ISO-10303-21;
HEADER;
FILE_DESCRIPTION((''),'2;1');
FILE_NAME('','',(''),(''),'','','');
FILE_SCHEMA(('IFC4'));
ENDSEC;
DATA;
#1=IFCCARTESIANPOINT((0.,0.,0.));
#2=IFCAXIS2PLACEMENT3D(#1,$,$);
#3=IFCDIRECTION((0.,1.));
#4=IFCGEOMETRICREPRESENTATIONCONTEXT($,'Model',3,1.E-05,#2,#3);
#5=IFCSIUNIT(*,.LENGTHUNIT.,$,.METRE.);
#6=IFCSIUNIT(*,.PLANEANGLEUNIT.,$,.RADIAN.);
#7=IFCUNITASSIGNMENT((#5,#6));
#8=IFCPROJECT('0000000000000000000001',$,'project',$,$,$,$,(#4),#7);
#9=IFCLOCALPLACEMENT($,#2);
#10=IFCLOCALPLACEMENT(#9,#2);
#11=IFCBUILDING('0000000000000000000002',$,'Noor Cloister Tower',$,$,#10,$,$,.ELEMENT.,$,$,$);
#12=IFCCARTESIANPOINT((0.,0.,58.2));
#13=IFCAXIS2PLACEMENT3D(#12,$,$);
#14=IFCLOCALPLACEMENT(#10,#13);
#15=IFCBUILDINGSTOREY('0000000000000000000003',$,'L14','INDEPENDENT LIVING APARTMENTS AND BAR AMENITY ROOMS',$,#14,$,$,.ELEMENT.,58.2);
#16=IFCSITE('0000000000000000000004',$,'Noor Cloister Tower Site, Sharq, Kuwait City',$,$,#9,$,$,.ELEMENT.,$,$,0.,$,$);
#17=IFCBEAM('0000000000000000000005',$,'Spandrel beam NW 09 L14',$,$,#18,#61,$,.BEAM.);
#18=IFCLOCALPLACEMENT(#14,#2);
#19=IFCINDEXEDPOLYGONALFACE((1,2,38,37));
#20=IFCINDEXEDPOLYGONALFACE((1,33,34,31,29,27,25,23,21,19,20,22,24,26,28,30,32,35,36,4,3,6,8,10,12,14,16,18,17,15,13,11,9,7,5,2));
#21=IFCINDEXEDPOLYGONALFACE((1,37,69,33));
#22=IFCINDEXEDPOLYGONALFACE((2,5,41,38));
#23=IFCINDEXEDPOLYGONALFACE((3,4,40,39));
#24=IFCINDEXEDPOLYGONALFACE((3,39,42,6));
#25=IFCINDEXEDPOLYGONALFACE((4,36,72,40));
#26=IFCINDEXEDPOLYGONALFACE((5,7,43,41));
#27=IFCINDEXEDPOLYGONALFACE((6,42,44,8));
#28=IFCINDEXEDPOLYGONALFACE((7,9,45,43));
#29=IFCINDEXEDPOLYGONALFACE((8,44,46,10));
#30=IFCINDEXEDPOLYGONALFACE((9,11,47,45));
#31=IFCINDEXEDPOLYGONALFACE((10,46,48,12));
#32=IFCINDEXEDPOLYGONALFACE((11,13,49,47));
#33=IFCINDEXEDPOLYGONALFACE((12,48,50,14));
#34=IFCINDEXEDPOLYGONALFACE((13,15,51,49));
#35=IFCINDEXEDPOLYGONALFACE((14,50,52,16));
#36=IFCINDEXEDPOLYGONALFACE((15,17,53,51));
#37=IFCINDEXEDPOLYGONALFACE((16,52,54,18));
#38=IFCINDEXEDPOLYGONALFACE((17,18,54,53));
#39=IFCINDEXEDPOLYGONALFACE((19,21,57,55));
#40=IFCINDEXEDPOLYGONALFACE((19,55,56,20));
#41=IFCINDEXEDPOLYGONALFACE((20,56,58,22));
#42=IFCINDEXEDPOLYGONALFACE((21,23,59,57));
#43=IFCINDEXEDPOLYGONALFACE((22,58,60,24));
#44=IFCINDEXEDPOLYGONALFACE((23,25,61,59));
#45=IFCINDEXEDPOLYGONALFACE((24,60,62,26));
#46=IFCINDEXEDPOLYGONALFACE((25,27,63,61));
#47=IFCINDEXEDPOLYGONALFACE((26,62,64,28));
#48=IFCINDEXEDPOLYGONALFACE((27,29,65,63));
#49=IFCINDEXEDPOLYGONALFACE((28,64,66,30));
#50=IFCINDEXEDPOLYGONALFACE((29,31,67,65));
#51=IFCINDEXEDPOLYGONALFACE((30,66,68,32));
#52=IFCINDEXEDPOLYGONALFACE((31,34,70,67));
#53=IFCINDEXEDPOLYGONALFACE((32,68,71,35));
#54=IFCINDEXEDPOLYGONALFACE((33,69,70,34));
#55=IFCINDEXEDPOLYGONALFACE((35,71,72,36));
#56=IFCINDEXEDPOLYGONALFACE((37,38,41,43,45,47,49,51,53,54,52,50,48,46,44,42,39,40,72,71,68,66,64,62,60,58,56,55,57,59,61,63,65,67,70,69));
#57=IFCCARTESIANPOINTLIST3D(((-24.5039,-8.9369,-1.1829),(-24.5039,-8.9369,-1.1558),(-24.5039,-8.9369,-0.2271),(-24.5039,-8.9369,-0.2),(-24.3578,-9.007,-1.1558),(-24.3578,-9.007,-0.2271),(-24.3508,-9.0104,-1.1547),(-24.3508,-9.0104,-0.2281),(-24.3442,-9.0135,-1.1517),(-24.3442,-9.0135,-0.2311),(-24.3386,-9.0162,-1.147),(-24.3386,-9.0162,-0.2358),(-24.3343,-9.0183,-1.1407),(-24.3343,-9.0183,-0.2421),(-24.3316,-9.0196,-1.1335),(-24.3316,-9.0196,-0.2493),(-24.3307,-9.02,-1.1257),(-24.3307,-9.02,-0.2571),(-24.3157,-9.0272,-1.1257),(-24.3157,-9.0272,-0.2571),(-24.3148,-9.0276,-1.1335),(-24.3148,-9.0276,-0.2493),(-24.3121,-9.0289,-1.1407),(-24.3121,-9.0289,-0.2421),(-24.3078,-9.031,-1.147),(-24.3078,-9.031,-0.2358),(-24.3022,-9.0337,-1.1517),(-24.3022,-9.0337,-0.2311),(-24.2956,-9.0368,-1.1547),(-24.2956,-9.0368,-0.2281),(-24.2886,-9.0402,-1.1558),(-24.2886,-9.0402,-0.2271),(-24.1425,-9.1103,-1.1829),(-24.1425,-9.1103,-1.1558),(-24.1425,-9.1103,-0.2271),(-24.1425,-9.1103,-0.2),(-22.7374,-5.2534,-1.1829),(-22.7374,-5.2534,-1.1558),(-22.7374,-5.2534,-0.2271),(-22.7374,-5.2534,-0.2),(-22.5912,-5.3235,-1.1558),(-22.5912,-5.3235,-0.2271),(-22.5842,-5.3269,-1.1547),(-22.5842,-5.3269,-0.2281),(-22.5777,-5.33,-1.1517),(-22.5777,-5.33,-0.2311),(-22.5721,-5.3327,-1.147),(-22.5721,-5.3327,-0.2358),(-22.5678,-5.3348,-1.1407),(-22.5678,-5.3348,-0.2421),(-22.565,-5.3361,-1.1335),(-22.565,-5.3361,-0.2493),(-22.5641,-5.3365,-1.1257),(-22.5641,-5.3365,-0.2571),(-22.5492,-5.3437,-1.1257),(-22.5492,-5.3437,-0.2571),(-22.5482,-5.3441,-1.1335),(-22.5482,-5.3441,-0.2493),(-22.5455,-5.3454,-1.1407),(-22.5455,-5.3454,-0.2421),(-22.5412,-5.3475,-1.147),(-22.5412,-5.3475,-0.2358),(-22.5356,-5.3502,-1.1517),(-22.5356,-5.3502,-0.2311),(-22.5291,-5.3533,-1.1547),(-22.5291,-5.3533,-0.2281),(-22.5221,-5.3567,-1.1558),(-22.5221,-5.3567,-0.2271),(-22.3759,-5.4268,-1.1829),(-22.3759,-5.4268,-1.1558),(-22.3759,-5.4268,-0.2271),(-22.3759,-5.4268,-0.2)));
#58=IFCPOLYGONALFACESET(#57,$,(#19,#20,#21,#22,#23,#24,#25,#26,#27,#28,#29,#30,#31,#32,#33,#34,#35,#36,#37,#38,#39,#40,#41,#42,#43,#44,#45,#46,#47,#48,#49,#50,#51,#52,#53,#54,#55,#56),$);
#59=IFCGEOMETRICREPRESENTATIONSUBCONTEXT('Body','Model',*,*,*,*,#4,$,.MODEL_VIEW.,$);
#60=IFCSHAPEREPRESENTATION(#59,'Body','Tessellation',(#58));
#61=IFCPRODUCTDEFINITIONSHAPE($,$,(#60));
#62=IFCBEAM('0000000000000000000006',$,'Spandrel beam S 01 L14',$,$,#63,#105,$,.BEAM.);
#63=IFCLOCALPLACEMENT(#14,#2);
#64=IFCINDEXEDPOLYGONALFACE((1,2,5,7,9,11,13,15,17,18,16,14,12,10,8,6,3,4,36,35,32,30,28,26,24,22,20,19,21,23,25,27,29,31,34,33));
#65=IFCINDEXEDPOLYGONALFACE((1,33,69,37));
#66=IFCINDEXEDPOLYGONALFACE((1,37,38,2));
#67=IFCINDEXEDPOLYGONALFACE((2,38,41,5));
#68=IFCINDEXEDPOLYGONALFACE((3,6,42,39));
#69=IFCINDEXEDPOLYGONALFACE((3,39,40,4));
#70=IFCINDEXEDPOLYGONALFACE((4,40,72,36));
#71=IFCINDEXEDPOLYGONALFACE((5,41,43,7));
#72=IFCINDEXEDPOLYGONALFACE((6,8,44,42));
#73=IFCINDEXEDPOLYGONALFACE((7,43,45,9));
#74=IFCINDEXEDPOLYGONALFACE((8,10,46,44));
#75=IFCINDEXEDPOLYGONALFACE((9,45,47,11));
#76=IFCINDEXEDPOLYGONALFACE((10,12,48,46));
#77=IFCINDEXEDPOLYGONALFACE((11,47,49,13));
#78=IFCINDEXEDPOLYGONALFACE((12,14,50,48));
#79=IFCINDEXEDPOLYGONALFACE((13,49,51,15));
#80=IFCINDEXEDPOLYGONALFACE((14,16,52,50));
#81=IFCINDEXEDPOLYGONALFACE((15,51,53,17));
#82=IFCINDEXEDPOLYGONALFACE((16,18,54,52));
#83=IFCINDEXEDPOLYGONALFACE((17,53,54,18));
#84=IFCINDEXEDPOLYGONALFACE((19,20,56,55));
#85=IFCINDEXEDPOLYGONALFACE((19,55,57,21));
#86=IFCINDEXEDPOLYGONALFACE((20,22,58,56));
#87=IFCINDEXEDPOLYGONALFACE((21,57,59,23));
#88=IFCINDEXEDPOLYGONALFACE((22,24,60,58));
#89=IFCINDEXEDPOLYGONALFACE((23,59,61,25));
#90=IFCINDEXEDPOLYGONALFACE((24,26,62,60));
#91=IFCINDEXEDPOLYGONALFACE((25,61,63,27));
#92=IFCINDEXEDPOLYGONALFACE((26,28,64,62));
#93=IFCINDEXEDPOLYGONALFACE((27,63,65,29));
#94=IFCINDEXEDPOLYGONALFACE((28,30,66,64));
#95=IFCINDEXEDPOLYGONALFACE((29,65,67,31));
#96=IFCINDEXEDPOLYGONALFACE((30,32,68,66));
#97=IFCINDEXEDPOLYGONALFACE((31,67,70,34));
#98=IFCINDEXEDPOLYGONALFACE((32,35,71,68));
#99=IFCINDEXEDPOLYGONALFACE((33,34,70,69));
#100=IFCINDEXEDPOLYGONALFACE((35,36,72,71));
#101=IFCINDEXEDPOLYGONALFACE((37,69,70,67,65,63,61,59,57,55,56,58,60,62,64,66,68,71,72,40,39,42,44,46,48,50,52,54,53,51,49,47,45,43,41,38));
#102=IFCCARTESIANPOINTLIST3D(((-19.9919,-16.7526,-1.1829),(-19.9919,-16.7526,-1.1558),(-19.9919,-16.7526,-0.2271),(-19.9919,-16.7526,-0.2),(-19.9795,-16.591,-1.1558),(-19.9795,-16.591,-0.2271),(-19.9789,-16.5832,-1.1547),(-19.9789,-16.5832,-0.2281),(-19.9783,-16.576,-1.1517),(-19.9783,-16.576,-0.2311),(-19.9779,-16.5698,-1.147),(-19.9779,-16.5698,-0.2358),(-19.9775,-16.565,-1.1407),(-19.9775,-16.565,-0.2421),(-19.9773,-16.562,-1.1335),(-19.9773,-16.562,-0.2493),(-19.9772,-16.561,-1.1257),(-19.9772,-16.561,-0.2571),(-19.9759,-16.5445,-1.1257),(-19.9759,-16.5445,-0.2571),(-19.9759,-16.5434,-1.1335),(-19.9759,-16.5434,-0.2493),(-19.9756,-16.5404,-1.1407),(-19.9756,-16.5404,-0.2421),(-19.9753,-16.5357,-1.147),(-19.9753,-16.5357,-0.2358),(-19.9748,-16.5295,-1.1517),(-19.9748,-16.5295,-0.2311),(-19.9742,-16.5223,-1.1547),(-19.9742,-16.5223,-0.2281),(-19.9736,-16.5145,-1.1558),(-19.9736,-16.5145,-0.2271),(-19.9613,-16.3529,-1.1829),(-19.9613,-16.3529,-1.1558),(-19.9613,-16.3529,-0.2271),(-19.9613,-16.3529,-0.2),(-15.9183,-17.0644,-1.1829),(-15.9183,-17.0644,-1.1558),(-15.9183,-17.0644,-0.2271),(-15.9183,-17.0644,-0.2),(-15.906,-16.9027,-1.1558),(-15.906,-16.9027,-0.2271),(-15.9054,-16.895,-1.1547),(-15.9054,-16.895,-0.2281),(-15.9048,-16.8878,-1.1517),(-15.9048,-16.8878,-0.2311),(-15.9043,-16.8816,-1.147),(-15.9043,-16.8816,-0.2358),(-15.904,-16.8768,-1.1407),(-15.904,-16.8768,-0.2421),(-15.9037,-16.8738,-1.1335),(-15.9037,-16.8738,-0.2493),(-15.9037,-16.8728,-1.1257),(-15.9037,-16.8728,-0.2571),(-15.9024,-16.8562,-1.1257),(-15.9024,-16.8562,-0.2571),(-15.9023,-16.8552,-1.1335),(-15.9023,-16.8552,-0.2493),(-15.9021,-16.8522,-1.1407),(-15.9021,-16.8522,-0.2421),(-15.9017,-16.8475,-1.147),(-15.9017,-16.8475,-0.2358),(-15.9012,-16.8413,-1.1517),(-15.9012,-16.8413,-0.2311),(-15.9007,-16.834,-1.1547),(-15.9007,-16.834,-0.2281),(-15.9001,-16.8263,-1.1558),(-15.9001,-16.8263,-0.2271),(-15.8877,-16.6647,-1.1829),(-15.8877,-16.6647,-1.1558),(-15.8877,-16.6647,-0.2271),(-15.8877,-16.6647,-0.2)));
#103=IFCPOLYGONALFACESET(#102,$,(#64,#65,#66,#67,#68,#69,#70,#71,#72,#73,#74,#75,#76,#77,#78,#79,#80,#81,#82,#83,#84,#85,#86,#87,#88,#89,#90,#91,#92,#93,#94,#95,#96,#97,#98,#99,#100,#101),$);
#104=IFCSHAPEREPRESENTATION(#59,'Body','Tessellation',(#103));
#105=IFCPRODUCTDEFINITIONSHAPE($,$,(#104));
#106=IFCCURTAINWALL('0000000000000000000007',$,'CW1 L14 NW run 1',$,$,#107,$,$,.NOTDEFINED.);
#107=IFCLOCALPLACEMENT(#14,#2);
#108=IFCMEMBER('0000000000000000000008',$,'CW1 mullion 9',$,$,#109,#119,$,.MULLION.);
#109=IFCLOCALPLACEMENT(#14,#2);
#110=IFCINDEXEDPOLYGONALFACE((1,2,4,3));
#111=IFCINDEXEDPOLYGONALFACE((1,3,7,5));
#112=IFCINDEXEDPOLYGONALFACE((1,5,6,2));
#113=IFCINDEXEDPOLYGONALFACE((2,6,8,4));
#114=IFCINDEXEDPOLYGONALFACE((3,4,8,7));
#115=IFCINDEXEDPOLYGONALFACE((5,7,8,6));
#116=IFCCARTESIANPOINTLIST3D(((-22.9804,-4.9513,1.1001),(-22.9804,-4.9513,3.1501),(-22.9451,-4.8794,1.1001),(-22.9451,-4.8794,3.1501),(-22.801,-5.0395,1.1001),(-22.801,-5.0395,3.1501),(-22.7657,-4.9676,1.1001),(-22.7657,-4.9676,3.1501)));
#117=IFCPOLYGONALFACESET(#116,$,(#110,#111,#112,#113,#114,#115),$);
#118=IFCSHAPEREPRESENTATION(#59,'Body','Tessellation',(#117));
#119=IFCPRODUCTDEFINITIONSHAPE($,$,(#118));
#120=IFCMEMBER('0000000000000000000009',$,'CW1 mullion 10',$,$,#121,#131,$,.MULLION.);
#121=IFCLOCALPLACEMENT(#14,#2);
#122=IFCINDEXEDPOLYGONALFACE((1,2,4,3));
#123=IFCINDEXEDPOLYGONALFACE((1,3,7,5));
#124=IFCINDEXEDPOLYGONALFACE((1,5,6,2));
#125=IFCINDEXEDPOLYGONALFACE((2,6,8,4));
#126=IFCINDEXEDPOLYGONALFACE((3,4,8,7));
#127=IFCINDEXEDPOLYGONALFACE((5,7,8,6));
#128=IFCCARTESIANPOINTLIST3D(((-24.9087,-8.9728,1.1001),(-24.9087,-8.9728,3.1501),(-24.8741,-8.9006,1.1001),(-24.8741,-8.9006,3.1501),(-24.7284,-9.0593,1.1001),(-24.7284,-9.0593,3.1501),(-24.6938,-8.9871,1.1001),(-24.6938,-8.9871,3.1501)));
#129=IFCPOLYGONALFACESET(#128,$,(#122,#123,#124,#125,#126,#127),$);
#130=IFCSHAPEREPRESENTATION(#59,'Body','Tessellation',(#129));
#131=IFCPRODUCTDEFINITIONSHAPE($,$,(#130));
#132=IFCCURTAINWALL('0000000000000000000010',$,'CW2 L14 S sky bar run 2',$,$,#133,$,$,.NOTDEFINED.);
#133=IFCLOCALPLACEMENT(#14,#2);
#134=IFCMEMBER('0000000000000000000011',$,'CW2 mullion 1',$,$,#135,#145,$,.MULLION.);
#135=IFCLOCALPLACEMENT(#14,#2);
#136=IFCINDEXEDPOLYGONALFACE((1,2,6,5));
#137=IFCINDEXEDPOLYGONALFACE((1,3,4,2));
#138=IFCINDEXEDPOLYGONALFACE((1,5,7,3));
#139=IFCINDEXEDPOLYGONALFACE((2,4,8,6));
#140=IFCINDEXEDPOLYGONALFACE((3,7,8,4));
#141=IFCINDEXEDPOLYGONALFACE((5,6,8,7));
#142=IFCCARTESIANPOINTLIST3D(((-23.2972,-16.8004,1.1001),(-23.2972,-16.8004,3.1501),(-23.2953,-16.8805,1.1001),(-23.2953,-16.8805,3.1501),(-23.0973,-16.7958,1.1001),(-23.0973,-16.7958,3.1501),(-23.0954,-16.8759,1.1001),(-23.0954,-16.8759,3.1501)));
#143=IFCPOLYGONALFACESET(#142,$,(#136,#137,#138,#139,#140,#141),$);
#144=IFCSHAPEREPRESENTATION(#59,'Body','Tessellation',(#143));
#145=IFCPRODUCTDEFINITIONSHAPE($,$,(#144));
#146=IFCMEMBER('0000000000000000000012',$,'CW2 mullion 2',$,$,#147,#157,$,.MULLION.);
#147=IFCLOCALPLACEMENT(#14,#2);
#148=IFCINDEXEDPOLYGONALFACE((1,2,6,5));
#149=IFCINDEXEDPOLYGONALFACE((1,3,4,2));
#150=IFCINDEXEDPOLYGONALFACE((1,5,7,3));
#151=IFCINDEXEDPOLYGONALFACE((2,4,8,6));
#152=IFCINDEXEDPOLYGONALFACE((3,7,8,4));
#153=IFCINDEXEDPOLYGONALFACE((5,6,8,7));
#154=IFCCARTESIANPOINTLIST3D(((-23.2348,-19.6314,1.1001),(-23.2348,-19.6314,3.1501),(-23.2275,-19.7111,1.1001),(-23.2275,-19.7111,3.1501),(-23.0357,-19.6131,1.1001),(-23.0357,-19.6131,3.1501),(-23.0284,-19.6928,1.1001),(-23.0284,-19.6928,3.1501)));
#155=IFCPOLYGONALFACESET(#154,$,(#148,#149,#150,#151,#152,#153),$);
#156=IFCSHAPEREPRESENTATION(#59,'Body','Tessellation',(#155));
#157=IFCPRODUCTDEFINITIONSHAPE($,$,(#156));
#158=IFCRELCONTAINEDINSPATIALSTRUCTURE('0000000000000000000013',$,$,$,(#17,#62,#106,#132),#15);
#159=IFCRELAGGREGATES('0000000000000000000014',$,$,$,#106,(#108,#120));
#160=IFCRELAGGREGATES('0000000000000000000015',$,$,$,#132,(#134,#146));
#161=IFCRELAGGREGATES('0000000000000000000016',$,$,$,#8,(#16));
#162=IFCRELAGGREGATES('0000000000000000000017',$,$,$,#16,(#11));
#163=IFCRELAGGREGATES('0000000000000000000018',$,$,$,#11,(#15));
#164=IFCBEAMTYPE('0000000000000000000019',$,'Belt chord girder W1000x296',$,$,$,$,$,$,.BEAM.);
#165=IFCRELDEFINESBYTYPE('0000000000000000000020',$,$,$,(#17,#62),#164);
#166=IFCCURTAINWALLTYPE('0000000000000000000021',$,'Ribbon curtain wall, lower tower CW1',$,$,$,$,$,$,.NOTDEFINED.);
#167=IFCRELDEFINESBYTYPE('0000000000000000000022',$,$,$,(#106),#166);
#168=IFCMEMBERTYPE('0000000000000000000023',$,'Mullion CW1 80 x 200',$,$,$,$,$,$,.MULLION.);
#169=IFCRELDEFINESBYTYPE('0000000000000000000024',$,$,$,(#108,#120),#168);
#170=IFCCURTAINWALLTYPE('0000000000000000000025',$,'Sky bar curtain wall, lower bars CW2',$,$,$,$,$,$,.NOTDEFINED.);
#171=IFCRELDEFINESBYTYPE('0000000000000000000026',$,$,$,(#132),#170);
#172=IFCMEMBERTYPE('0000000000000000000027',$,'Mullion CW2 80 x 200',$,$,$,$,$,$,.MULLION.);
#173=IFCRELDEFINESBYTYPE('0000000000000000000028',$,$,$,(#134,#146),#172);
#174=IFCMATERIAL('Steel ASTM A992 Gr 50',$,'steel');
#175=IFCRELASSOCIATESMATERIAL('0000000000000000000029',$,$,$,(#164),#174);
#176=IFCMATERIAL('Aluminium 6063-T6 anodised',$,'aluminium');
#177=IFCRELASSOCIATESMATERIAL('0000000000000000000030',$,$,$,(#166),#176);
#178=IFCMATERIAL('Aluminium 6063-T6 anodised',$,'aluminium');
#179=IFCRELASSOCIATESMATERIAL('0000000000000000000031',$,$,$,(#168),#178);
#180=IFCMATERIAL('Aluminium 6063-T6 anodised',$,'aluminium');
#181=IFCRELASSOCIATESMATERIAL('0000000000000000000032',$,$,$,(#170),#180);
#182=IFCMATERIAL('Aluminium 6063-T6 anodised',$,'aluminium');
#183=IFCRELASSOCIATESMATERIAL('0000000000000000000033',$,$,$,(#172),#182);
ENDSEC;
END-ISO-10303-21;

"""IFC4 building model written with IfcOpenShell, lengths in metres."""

from ifc_helpers import new_model, si_unit, direction, frame, origin, origin_2d, place, context, subcontext, project, spatial, rectangle, i_section, extrude, material, material_profile, profile_set, type_object, element, aggregate, save


model = new_model("IFC4")

# Units and contexts
model_context = context("Model", 3, precision=1e-05, world=origin(), true_north=direction((0.0, 1.0)))
body_context = subcontext(model_context, "Body", "Model", "MODEL_VIEW")
ifc_project = project(units=[si_unit("LENGTHUNIT", "METRE"), si_unit("PLANEANGLEUNIT", "RADIAN")], contexts=[model_context])

# Site, building, storey
site_placement = place(None, origin())
site = spatial("IfcSite", under=ifc_project, at=site_placement, Name="Noor Cloister Tower Site, Sharq, Kuwait City", CompositionType="ELEMENT", RefElevation=0.0)
building_placement = place(site_placement, origin())
building = spatial("IfcBuilding", under=site, at=building_placement, Name="Noor Cloister Tower", CompositionType="ELEMENT")
storey_placement = place(building_placement, frame((0.0, 0.0, 58.2)))
storey = spatial("IfcBuildingStorey", under=building, at=storey_placement, Name="L14", Description="INDEPENDENT LIVING APARTMENTS AND BAR AMENITY ROOMS", CompositionType="ELEMENT", Elevation=58.2)

# Beams
ifc_material_1 = material(Name="Steel ASTM A992 Gr 50", Category="steel")
ifc_material_profile_1 = material_profile(ifc_material_1, i_section(OverallWidth=0.4009, OverallDepth=0.9829, WebThickness=0.0166, FlangeThickness=0.0271, FilletRadius=0.03, at=origin_2d()), Name="W1000x296")
ifc_profile_set_1 = profile_set([ifc_material_profile_1], Name="Steel ASTM A992 Gr 50")
beam_type_1 = type_object("IfcBeamType", Name="Belt chord girder W1000x296", PredefinedType="BEAM", material=ifc_profile_set_1)
beam_1_placement = place(storey_placement, frame((-22.5566, -5.3401, -0.6914), z_axis=(-0.432428, -0.901668, 0.0), x_axis=(0.901668, -0.432428, 0.0)))
element("IfcBeam", 1, at=beam_1_placement, inside=storey, type_object=beam_type_1, Name="Spandrel beam NW 09 L14", PredefinedType="BEAM", context=body_context, shape_type="SweptSolid", body=[
    extrude(i_section(OverallWidth=0.4009, OverallDepth=0.9829, WebThickness=0.0166, FlangeThickness=0.0271, FilletRadius=0.03, at=origin_2d()), origin(), (0.0, 0.0, 1.0), 4.0852),
])
beam_2_placement = place(storey_placement, frame((-19.9766, -16.5527, -0.6914), z_axis=(0.997084, -0.076313, 0.0), x_axis=(0.076313, 0.997084, 0.0)))
element("IfcBeam", 2, at=beam_2_placement, inside=storey, type_object=beam_type_1, Name="Spandrel beam S 01 L14", PredefinedType="BEAM", context=body_context, shape_type="SweptSolid", body=[
    extrude(i_section(OverallWidth=0.4009, OverallDepth=0.9829, WebThickness=0.0166, FlangeThickness=0.0271, FilletRadius=0.03, at=origin_2d()), origin(), (0.0, 0.0, 1.0), 4.0854),
])

# Curtain walls, members
ifc_material_2 = material(Name="Aluminium 6063-T6 anodised", Category="aluminium")
curtain_wall_type_1 = type_object("IfcCurtainWallType", Name="Ribbon curtain wall, lower tower CW1", PredefinedType="NOTDEFINED", material=ifc_material_2)
curtain_wall_1_placement = place(storey_placement, origin())
curtain_wall_1 = element("IfcCurtainWall", 3, at=curtain_wall_1_placement, inside=storey, type_object=curtain_wall_type_1, Name="CW1 L14 NW run 1", PredefinedType="NOTDEFINED")
ifc_material_3 = material(Name="Aluminium 6063-T6 anodised", Category="aluminium")
ifc_material_profile_2 = material_profile(ifc_material_3, rectangle(XDim=0.2, YDim=0.0801, at=origin_2d()), Name="200 x 80 mullion")
ifc_profile_set_2 = profile_set([ifc_material_profile_2], Name="Aluminium 6063-T6 anodised")
member_type_1 = type_object("IfcMemberType", Name="Mullion CW1 80 x 200", PredefinedType="MULLION", material=ifc_profile_set_2)
member_1_placement = place(storey_placement, frame((-22.873, -4.9595, 1.1001), z_axis=(0.0, 0.0, 1.0), x_axis=(0.897485, -0.441044, 0.0)))
member_1 = element("IfcMember", 4, at=member_1_placement, type_object=member_type_1, Name="CW1 mullion 9", PredefinedType="MULLION", context=body_context, shape_type="SweptSolid", body=[
    extrude(rectangle(XDim=0.2, YDim=0.0801, at=origin_2d()), origin(), (0.0, 0.0, 1.0), 2.05),
])
member_2_placement = place(storey_placement, frame((-24.8013, -8.98, 1.1001), z_axis=(0.0, 0.0, 1.0), x_axis=(0.901656, -0.432455, 0.0)))
member_2 = element("IfcMember", 5, at=member_2_placement, type_object=member_type_1, Name="CW1 mullion 10", PredefinedType="MULLION", context=body_context, shape_type="SweptSolid", body=[
    extrude(rectangle(XDim=0.2, YDim=0.0801, at=origin_2d()), origin(), (0.0, 0.0, 1.0), 2.05),
])
ifc_material_4 = material(Name="Aluminium 6063-T6 anodised", Category="aluminium")
curtain_wall_type_2 = type_object("IfcCurtainWallType", Name="Sky bar curtain wall, lower bars CW2", PredefinedType="NOTDEFINED", material=ifc_material_4)
curtain_wall_2_placement = place(storey_placement, origin())
curtain_wall_2 = element("IfcCurtainWall", 6, at=curtain_wall_2_placement, inside=storey, type_object=curtain_wall_type_2, Name="CW2 L14 S sky bar run 2", PredefinedType="NOTDEFINED")
ifc_material_5 = material(Name="Aluminium 6063-T6 anodised", Category="aluminium")
ifc_material_profile_3 = material_profile(ifc_material_5, rectangle(XDim=0.2, YDim=0.0801, at=origin_2d()), Name="200 x 80 mullion")
ifc_profile_set_3 = profile_set([ifc_material_profile_3], Name="Aluminium 6063-T6 anodised")
member_type_2 = type_object("IfcMemberType", Name="Mullion CW2 80 x 200", PredefinedType="MULLION", material=ifc_profile_set_3)
member_3_placement = place(storey_placement, frame((-23.1963, -16.8381, 1.1001), z_axis=(0.0, 0.0, 1.0), x_axis=(0.999737, 0.022953, 0.0)))
member_3 = element("IfcMember", 7, at=member_3_placement, type_object=member_type_2, Name="CW2 mullion 1", PredefinedType="MULLION", context=body_context, shape_type="SweptSolid", body=[
    extrude(rectangle(XDim=0.2, YDim=0.0801, at=origin_2d()), origin(), (0.0, 0.0, 1.0), 2.05),
])
member_4_placement = place(storey_placement, frame((-23.1316, -19.6621, 1.1001), z_axis=(0.0, 0.0, 1.0), x_axis=(0.995819, 0.091347, 0.0)))
member_4 = element("IfcMember", 8, at=member_4_placement, type_object=member_type_2, Name="CW2 mullion 2", PredefinedType="MULLION", context=body_context, shape_type="SweptSolid", body=[
    extrude(rectangle(XDim=0.2, YDim=0.0801, at=origin_2d()), origin(), (0.0, 0.0, 1.0), 2.05),
])

aggregate(curtain_wall_1, [member_1, member_2])
aggregate(curtain_wall_2, [member_3, member_4])

save(model, "model.ifc")
